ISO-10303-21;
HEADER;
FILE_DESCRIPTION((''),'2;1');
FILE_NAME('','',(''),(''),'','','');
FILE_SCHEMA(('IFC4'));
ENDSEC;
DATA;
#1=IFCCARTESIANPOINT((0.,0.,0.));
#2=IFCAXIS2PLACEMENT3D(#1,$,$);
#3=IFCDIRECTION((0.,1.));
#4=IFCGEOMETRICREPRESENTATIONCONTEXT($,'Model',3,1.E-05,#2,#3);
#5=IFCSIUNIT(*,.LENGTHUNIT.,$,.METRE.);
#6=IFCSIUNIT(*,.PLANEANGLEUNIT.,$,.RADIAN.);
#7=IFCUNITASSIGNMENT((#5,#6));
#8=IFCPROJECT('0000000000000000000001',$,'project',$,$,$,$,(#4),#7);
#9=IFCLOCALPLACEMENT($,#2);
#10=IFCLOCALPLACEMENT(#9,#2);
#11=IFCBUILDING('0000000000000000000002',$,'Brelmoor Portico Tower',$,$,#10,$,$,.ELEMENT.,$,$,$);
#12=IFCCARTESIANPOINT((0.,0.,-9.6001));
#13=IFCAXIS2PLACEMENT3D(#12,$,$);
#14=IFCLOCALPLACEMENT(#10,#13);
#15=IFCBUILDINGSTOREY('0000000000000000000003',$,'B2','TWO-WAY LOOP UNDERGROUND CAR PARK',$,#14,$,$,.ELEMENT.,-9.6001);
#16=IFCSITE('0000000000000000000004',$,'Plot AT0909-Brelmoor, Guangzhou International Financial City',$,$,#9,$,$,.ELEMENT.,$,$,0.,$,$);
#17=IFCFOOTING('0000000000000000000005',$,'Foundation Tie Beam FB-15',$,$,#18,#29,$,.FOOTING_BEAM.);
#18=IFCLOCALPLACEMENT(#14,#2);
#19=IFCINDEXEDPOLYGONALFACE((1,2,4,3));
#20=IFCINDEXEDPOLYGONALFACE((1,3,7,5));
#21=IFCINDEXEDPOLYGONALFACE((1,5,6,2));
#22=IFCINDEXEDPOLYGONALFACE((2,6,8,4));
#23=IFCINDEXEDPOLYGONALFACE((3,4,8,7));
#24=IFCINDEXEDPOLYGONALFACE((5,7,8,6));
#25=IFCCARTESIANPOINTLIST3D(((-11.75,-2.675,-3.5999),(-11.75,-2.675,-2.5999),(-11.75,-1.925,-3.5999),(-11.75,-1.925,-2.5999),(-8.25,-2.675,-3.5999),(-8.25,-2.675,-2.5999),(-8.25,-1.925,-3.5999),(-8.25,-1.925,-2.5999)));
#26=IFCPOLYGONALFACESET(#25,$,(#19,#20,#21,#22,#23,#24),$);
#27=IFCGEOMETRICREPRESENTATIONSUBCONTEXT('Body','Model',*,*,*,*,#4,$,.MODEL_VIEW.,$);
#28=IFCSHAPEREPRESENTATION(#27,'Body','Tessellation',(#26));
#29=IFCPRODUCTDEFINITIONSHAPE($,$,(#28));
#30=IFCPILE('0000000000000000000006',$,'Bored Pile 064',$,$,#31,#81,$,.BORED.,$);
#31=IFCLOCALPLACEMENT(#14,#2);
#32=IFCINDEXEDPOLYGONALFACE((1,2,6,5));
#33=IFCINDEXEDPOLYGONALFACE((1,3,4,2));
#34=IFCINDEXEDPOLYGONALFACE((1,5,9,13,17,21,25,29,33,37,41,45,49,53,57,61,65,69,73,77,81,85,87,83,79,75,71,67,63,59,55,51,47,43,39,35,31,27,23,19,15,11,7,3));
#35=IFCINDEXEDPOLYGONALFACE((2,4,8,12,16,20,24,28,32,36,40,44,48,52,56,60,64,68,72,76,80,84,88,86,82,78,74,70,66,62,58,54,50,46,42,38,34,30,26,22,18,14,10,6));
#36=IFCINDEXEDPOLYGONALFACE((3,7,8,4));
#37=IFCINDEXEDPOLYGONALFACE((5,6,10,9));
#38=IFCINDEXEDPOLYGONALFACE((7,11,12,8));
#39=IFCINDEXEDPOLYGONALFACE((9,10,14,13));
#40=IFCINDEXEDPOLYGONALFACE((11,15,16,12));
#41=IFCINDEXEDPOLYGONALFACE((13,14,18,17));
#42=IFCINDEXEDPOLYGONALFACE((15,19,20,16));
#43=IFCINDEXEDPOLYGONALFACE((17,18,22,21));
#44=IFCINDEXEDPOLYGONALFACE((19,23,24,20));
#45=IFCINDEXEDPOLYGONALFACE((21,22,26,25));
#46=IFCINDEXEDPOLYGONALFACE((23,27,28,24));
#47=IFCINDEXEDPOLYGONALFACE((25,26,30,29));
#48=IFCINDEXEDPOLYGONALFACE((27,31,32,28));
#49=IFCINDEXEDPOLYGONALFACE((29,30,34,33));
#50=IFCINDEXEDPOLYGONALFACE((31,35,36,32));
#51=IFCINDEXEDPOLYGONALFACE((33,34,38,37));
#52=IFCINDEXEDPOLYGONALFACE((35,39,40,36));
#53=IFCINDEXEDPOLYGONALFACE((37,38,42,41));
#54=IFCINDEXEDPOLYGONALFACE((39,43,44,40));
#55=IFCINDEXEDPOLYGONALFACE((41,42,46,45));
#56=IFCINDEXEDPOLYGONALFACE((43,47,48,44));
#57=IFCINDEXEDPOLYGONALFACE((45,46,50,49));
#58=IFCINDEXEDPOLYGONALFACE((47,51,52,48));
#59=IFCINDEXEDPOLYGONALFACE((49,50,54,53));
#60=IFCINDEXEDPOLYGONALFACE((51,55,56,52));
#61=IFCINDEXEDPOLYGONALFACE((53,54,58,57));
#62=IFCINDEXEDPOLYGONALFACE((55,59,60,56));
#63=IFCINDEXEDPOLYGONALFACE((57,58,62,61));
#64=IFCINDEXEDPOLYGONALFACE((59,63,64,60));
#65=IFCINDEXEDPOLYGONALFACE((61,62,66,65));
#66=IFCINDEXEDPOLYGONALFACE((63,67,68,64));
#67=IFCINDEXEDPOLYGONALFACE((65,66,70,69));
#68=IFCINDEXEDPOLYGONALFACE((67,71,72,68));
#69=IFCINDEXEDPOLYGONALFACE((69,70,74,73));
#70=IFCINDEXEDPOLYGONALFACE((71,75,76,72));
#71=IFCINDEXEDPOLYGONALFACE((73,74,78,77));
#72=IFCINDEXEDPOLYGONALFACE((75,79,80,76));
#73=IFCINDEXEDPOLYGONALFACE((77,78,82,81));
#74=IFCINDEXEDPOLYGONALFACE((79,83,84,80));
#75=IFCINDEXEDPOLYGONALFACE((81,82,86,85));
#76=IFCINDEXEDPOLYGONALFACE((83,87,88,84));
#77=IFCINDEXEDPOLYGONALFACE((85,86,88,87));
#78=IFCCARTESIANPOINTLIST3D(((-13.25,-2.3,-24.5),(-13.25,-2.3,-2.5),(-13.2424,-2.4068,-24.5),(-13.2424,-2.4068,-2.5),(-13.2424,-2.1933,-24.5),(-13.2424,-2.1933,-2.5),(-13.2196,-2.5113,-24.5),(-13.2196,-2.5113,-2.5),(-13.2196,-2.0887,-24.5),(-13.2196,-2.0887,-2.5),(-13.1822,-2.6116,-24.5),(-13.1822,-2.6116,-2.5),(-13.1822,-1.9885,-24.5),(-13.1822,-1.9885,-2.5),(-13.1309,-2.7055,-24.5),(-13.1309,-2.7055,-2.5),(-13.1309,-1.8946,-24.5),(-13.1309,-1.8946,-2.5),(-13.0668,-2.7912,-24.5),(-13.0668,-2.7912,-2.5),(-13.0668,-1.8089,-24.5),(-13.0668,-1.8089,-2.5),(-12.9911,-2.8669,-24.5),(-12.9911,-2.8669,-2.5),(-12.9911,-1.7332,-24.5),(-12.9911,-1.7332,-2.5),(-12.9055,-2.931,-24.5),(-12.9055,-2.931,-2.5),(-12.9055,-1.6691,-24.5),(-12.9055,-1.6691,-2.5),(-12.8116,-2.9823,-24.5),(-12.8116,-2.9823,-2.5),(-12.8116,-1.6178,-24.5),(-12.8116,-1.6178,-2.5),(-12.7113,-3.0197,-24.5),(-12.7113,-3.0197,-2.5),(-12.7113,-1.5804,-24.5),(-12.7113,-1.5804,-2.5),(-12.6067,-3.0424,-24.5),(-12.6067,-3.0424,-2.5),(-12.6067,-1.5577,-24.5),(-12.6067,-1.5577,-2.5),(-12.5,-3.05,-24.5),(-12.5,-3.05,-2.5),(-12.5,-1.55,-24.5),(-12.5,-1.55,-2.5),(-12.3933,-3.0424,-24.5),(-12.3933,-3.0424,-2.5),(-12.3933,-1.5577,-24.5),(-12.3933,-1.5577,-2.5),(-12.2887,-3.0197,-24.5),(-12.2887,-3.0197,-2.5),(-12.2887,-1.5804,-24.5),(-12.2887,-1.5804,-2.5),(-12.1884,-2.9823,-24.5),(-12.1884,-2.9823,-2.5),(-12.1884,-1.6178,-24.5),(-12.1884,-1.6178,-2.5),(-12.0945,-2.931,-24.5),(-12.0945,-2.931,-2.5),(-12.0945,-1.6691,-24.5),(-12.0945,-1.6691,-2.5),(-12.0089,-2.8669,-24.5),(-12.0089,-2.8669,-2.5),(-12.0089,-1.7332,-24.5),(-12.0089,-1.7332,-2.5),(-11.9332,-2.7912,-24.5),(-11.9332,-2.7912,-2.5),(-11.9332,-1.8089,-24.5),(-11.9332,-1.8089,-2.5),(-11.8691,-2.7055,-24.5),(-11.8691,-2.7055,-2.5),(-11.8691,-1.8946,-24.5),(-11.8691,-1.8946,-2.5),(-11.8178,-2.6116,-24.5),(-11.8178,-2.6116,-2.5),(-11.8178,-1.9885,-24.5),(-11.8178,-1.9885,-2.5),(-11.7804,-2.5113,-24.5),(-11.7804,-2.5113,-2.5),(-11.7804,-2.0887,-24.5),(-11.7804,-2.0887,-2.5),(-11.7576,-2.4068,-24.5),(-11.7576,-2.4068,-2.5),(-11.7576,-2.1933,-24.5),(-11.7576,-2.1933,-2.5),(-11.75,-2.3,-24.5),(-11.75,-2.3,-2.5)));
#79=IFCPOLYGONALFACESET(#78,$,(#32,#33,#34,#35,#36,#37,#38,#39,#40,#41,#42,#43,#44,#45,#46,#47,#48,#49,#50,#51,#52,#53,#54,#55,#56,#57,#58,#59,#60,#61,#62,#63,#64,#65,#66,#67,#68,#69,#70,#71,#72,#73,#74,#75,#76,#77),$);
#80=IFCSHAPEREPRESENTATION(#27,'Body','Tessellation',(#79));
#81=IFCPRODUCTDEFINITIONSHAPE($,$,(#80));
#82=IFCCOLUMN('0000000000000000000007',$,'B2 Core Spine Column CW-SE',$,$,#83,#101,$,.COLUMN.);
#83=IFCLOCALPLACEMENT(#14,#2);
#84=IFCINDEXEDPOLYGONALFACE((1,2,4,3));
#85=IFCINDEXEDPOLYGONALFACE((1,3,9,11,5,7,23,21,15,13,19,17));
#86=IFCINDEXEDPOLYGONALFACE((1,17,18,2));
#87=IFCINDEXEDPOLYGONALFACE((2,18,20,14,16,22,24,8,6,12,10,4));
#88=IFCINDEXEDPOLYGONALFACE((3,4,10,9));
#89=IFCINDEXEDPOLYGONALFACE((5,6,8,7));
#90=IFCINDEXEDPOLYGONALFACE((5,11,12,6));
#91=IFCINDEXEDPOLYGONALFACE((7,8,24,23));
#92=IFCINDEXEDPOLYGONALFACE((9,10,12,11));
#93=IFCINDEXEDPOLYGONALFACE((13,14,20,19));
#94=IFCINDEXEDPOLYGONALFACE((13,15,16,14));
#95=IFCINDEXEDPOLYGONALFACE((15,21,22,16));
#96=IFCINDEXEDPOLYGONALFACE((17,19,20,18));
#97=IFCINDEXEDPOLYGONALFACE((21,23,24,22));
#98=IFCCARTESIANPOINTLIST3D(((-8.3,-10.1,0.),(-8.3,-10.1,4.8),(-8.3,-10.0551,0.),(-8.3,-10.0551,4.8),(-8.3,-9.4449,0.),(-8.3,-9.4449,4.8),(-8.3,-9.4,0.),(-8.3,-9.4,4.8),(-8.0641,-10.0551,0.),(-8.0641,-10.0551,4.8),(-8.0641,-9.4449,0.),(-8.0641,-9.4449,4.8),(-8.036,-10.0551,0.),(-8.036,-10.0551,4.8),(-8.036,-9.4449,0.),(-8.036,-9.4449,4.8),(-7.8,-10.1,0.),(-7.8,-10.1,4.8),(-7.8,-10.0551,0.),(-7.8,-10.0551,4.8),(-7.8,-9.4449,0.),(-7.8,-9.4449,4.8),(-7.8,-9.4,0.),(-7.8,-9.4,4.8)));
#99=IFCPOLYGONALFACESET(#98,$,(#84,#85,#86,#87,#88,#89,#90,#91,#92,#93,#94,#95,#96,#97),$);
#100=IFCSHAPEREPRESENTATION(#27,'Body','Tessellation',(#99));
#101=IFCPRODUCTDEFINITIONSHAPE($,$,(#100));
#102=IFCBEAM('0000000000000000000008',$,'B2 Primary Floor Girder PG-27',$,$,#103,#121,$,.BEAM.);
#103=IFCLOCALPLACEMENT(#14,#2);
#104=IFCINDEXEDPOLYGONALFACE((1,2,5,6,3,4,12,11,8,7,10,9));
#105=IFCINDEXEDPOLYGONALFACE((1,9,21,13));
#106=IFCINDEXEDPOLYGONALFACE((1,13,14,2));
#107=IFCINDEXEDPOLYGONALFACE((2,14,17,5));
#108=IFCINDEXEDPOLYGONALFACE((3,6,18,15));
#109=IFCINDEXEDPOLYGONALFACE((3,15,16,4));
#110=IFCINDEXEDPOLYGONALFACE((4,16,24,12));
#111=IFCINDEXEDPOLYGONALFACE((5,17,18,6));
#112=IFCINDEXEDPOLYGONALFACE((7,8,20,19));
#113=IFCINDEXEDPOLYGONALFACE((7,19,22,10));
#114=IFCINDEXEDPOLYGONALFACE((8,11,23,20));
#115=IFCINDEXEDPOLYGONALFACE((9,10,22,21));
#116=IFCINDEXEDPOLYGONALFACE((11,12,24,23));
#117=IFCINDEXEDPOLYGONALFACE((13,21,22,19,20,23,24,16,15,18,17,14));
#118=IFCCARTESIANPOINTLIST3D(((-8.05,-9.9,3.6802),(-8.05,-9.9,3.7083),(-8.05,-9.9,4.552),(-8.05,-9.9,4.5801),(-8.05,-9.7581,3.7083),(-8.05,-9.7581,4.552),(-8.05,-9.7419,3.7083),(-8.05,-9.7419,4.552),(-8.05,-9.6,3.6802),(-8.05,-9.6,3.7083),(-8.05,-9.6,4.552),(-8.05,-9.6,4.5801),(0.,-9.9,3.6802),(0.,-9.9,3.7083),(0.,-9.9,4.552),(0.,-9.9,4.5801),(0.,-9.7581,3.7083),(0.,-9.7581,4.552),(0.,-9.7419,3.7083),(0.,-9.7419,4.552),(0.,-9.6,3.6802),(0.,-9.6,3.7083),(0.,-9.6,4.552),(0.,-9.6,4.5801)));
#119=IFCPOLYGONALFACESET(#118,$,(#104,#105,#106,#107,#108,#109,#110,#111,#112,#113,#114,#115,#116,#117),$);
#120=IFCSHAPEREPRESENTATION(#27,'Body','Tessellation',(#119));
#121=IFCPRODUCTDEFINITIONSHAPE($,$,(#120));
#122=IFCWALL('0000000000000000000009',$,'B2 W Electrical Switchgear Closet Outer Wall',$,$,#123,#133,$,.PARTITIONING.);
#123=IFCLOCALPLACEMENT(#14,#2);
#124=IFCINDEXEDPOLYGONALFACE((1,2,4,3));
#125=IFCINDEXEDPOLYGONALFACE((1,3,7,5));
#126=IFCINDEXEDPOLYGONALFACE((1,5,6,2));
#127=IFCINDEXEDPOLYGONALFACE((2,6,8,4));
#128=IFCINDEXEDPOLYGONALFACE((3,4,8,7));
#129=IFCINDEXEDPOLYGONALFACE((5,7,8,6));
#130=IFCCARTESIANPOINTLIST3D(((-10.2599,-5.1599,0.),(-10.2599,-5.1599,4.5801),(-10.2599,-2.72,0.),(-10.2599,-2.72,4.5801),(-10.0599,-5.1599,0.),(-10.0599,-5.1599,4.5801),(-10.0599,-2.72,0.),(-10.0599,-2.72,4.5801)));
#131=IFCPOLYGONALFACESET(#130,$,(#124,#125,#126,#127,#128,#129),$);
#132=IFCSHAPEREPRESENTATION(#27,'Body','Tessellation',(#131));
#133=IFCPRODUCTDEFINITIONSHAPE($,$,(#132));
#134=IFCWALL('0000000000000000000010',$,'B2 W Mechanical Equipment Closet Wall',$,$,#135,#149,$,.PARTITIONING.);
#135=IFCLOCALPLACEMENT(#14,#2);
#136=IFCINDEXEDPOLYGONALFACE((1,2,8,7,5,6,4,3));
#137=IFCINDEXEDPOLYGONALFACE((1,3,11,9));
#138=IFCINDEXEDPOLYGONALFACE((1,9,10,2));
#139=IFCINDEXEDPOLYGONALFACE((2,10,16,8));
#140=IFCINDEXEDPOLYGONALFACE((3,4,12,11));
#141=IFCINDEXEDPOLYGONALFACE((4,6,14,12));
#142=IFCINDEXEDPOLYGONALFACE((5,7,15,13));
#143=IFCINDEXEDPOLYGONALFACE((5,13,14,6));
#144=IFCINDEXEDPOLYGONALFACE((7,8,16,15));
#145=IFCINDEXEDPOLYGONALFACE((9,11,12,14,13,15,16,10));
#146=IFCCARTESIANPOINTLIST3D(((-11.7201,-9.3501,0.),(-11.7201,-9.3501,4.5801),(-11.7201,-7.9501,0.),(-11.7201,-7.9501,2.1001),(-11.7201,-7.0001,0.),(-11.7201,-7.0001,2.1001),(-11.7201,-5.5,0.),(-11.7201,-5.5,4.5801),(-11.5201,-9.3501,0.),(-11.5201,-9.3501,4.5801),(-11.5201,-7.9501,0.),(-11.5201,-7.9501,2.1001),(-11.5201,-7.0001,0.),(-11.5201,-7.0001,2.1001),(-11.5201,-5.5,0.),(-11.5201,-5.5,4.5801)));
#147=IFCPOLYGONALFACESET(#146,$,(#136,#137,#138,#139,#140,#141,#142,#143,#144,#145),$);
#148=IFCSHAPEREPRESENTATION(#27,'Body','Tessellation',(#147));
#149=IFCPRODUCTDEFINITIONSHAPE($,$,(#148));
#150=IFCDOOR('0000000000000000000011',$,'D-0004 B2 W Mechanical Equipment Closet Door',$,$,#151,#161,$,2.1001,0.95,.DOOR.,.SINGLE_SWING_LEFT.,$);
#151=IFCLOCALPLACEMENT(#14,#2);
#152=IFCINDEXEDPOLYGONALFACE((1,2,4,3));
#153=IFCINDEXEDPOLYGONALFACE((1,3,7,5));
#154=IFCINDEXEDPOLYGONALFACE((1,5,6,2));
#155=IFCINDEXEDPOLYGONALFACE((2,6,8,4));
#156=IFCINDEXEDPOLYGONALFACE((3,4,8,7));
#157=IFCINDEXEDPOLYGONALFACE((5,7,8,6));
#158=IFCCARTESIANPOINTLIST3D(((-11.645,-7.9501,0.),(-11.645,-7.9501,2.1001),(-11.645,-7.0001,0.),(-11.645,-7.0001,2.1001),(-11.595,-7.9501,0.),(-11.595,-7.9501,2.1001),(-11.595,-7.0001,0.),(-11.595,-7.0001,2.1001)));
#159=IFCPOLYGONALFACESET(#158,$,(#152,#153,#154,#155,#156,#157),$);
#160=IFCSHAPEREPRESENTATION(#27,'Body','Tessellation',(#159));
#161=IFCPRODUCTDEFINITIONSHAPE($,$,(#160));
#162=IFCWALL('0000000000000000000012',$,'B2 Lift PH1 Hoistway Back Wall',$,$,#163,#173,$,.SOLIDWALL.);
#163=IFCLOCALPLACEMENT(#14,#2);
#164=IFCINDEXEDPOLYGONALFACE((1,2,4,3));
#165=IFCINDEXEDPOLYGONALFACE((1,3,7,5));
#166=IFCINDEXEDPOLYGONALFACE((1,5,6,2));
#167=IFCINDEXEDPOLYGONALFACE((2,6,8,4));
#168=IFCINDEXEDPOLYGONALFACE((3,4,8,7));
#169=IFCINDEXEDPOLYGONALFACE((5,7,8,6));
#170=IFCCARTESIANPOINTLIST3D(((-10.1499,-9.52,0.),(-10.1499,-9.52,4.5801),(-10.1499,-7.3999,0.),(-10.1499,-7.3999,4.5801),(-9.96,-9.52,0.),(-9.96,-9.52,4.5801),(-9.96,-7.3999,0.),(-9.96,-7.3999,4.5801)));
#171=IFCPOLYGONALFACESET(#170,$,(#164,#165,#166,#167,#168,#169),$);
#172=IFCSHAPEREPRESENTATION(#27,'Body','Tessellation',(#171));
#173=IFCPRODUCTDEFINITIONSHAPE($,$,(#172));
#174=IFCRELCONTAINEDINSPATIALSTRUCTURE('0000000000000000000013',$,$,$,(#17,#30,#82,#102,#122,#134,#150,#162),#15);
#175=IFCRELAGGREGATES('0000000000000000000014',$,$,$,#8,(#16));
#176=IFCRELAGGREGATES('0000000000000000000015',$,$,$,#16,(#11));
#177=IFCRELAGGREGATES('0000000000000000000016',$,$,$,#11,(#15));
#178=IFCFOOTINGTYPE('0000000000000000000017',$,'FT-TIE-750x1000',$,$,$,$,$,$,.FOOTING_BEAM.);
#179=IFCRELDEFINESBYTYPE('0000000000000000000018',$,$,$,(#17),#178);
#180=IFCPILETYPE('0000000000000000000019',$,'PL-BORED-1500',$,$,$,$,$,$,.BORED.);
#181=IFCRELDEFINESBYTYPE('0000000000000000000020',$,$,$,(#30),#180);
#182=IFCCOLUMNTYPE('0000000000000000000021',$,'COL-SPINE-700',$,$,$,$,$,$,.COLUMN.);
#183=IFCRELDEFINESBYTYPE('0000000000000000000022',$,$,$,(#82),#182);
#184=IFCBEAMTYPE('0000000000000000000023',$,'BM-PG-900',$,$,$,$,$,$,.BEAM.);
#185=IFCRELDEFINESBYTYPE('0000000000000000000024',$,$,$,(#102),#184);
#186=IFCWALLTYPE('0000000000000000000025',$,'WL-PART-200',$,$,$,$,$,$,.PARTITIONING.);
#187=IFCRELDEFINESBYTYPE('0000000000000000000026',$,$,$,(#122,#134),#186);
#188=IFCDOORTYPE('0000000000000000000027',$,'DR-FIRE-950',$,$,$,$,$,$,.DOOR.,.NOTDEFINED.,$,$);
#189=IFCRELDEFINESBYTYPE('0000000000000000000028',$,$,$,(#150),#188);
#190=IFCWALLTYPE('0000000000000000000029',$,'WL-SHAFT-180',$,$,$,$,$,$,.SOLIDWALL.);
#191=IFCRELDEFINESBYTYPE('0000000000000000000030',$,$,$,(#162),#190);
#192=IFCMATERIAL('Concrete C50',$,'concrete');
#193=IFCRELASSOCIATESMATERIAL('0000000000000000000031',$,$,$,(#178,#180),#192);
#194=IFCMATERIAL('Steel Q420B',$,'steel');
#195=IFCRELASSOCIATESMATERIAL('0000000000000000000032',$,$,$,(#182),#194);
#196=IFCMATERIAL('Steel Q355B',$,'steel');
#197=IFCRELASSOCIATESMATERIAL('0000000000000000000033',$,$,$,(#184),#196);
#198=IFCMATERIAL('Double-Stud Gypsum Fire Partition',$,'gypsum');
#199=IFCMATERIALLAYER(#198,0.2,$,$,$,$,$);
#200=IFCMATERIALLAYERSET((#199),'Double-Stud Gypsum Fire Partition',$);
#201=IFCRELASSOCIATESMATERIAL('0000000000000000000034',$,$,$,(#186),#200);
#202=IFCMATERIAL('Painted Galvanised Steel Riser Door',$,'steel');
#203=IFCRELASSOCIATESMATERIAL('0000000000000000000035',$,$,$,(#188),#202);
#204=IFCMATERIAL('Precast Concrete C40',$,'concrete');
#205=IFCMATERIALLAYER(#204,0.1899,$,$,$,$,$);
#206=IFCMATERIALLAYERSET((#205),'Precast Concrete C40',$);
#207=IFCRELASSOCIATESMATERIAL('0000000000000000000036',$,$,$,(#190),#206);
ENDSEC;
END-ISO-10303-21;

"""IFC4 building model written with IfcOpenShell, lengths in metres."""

from ifc_helpers import new_model, si_unit, direction, frame, frame_2d, origin, origin_2d, place, context, subcontext, project, spatial, rectangle, circle, i_section, extrude, material, layer, layer_set, material_profile, profile_set, type_object, element, fill, save


model = new_model("IFC4")

# Units and contexts
model_context = context("Model", 3, precision=1e-05, world=origin(), true_north=direction((0.0, 1.0)))
body_context = subcontext(model_context, "Body", "Model", "MODEL_VIEW")
ifc_project = project(units=[si_unit("LENGTHUNIT", "METRE"), si_unit("PLANEANGLEUNIT", "RADIAN")], contexts=[model_context])

# Site, building, storey
site_placement = place(None, origin())
site = spatial("IfcSite", under=ifc_project, at=site_placement, Name="Plot AT0909-Brelmoor, Guangzhou International Financial City", CompositionType="ELEMENT", RefElevation=0.0)
building_placement = place(site_placement, origin())
building = spatial("IfcBuilding", under=site, at=building_placement, Name="Brelmoor Portico Tower", CompositionType="ELEMENT")
storey_placement = place(building_placement, frame((0.0, 0.0, -9.6001)))
storey = spatial("IfcBuildingStorey", under=building, at=storey_placement, Name="B2", Description="TWO-WAY LOOP UNDERGROUND CAR PARK", CompositionType="ELEMENT", Elevation=-9.6001)

# Footing
ifc_material_1 = material(Name="Concrete C50", Category="concrete")
ifc_material_profile_1 = material_profile(ifc_material_1, rectangle(XDim=0.75, YDim=1.0, at=origin_2d()), Name="RC 750x1000")
ifc_profile_set_1 = profile_set([ifc_material_profile_1], Name="Concrete C50")
footing_type = type_object("IfcFootingType", Name="FT-TIE-750x1000", PredefinedType="FOOTING_BEAM", material=ifc_profile_set_1)
footing_placement = place(storey_placement, frame((-11.75, -2.3, -3.0999), z_axis=(1.0, 0.0, 0.0), x_axis=(0.0, 1.0, 0.0)))
element("IfcFooting", 1, at=footing_placement, inside=storey, type_object=footing_type, Name="Foundation Tie Beam FB-15", PredefinedType="FOOTING_BEAM", context=body_context, shape_type="SweptSolid", body=[
    extrude(rectangle(XDim=0.75, YDim=1.0, at=origin_2d()), origin(), (0.0, 0.0, 1.0), 3.5),
])

# Pile
ifc_material_profile_2 = material_profile(ifc_material_1, circle(Radius=0.75, at=origin_2d()), Name="BORED PILE D1500")
ifc_profile_set_2 = profile_set([ifc_material_profile_2], Name="Concrete C50")
pile_type = type_object("IfcPileType", Name="PL-BORED-1500", PredefinedType="BORED", material=ifc_profile_set_2)
pile_placement = place(storey_placement, frame((-12.5, -2.3, -2.5), z_axis=(0.0, 0.0, -1.0), x_axis=(1.0, 0.0, 0.0)))
element("IfcPile", 2, at=pile_placement, inside=storey, type_object=pile_type, Name="Bored Pile 064", PredefinedType="BORED", context=body_context, shape_type="SweptSolid", body=[
    extrude(circle(Radius=0.75, at=origin_2d()), origin(), (0.0, 0.0, 1.0), 22.0),
])

# Column
ifc_material_2 = material(Name="Steel Q420B", Category="steel")
ifc_material_profile_3 = material_profile(ifc_material_2, i_section(OverallWidth=0.5, OverallDepth=0.7, WebThickness=0.0281, FlangeThickness=0.0449, at=origin_2d()), Name="HW 700x500x28x45")
ifc_profile_set_3 = profile_set([ifc_material_profile_3], Name="Steel Q420B")
column_type = type_object("IfcColumnType", Name="COL-SPINE-700", PredefinedType="COLUMN", material=ifc_profile_set_3)
column_placement = place(storey_placement, frame((-8.05, -9.75, 0.0), z_axis=(0.0, 0.0, 1.0), x_axis=(1.0, 0.0, 0.0)))
element("IfcColumn", 3, at=column_placement, inside=storey, type_object=column_type, Name="B2 Core Spine Column CW-SE", PredefinedType="COLUMN", context=body_context, shape_type="SweptSolid", body=[
    extrude(i_section(OverallWidth=0.5, OverallDepth=0.7, WebThickness=0.0281, FlangeThickness=0.0449, at=origin_2d()), origin(), (0.0, 0.0, 1.0), 4.8),
])

# Beam
ifc_material_3 = material(Name="Steel Q355B", Category="steel")
ifc_material_profile_4 = material_profile(ifc_material_3, i_section(OverallWidth=0.3, OverallDepth=0.8999, WebThickness=0.0161, FlangeThickness=0.0281, at=origin_2d()), Name="HN 900x300x16x28")
ifc_profile_set_4 = profile_set([ifc_material_profile_4], Name="Steel Q355B")
beam_type = type_object("IfcBeamType", Name="BM-PG-900", PredefinedType="BEAM", material=ifc_profile_set_4)
beam_placement = place(storey_placement, frame((-8.05, -9.75, 4.1301), z_axis=(1.0, 0.0, 0.0), x_axis=(0.0, 1.0, 0.0)))
element("IfcBeam", 4, at=beam_placement, inside=storey, type_object=beam_type, Name="B2 Primary Floor Girder PG-27", PredefinedType="BEAM", context=body_context, shape_type="SweptSolid", body=[
    extrude(i_section(OverallWidth=0.3, OverallDepth=0.8999, WebThickness=0.0161, FlangeThickness=0.0281, at=origin_2d()), origin(), (0.0, 0.0, 1.0), 8.05),
])

# Shared definitions
ifc_material_4 = material(Name="Double-Stud Gypsum Fire Partition", Category="gypsum")
ifc_layer_1 = layer(ifc_material_4, 0.2)
ifc_layer_set_1 = layer_set([ifc_layer_1], Name="Double-Stud Gypsum Fire Partition")
wall_type_1 = type_object("IfcWallType", Name="WL-PART-200", PredefinedType="PARTITIONING", material=ifc_layer_set_1)

# Wall
wall_1_placement = place(storey_placement, frame((-10.1599, -5.1599, 0.0), z_axis=(0.0, 0.0, 1.0), x_axis=(0.0, 1.0, 0.0)))
element("IfcWall", 5, at=wall_1_placement, inside=storey, type_object=wall_type_1, Name="B2 W Electrical Switchgear Closet Outer Wall", PredefinedType="PARTITIONING", context=body_context, shape_type="SweptSolid", body=[
    extrude(rectangle(XDim=2.4399, YDim=0.2, at=frame_2d((1.22, 0.0))), origin(), (0.0, 0.0, 1.0), 4.5801),
])

# Wall, opening, door
wall_2_placement = place(storey_placement, frame((-11.6201, -9.3501, 0.0), z_axis=(0.0, 0.0, 1.0), x_axis=(0.0, 1.0, 0.0)))
wall_2 = element("IfcWall", 6, at=wall_2_placement, inside=storey, type_object=wall_type_1, Name="B2 W Mechanical Equipment Closet Wall", PredefinedType="PARTITIONING", context=body_context, shape_type="SweptSolid", body=[
    extrude(rectangle(XDim=3.8501, YDim=0.2, at=frame_2d((1.925, 0.0))), origin(), (0.0, 0.0, 1.0), 4.5801),
])
opening_1_placement = place(wall_2_placement, frame((1.3999, 0.0, 0.0)))
opening_1 = element("IfcOpeningElement", 7, at=opening_1_placement, cuts=wall_2, PredefinedType="OPENING", context=body_context, shape_type="SweptSolid", body=[
    extrude(rectangle(XDim=0.95, YDim=2.1001, at=frame_2d((0.4751, 1.05))), frame((0.0, 0.1099, 0.0), z_axis=(0.0, -1.0, 0.0), x_axis=(1.0, 0.0, 0.0)), (0.0, 0.0, 1.0), 0.22),
])
ifc_material_5 = material(Name="Painted Galvanised Steel Riser Door", Category="steel")
door_type_1 = type_object("IfcDoorType", Name="DR-FIRE-950", OperationType="NOTDEFINED", PredefinedType="DOOR", material=ifc_material_5)
door_1_placement = place(opening_1_placement, origin())
door_1 = element("IfcDoor", 8, at=door_1_placement, inside=storey, type_object=door_type_1, Name="D-0004 B2 W Mechanical Equipment Closet Door", OperationType="SINGLE_SWING_LEFT", OverallHeight=2.1001, OverallWidth=0.95, PredefinedType="DOOR", context=body_context, shape_type="SweptSolid", body=[
    extrude(rectangle(XDim=0.95, YDim=2.1001, at=frame_2d((0.4751, 1.05))), frame((0.0, 0.0249, 0.0), z_axis=(0.0, -1.0, 0.0), x_axis=(1.0, 0.0, 0.0)), (0.0, 0.0, 1.0), 0.05),
])
fill(opening_1, door_1)

# Wall
ifc_material_6 = material(Name="Precast Concrete C40", Category="concrete")
ifc_layer_2 = layer(ifc_material_6, 0.1899)
ifc_layer_set_2 = layer_set([ifc_layer_2], Name="Precast Concrete C40")
wall_type_2 = type_object("IfcWallType", Name="WL-SHAFT-180", PredefinedType="SOLIDWALL", material=ifc_layer_set_2)
wall_3_placement = place(storey_placement, frame((-10.0549, -9.52, 0.0), z_axis=(0.0, 0.0, 1.0), x_axis=(0.0, 1.0, 0.0)))
element("IfcWall", 9, at=wall_3_placement, inside=storey, type_object=wall_type_2, Name="B2 Lift PH1 Hoistway Back Wall", PredefinedType="SOLIDWALL", context=body_context, shape_type="SweptSolid", body=[
    extrude(rectangle(XDim=2.1201, YDim=0.1899, at=frame_2d((1.0601, 0.0))), origin(), (0.0, 0.0, 1.0), 4.5801),
])

save(model, "model.ifc")
